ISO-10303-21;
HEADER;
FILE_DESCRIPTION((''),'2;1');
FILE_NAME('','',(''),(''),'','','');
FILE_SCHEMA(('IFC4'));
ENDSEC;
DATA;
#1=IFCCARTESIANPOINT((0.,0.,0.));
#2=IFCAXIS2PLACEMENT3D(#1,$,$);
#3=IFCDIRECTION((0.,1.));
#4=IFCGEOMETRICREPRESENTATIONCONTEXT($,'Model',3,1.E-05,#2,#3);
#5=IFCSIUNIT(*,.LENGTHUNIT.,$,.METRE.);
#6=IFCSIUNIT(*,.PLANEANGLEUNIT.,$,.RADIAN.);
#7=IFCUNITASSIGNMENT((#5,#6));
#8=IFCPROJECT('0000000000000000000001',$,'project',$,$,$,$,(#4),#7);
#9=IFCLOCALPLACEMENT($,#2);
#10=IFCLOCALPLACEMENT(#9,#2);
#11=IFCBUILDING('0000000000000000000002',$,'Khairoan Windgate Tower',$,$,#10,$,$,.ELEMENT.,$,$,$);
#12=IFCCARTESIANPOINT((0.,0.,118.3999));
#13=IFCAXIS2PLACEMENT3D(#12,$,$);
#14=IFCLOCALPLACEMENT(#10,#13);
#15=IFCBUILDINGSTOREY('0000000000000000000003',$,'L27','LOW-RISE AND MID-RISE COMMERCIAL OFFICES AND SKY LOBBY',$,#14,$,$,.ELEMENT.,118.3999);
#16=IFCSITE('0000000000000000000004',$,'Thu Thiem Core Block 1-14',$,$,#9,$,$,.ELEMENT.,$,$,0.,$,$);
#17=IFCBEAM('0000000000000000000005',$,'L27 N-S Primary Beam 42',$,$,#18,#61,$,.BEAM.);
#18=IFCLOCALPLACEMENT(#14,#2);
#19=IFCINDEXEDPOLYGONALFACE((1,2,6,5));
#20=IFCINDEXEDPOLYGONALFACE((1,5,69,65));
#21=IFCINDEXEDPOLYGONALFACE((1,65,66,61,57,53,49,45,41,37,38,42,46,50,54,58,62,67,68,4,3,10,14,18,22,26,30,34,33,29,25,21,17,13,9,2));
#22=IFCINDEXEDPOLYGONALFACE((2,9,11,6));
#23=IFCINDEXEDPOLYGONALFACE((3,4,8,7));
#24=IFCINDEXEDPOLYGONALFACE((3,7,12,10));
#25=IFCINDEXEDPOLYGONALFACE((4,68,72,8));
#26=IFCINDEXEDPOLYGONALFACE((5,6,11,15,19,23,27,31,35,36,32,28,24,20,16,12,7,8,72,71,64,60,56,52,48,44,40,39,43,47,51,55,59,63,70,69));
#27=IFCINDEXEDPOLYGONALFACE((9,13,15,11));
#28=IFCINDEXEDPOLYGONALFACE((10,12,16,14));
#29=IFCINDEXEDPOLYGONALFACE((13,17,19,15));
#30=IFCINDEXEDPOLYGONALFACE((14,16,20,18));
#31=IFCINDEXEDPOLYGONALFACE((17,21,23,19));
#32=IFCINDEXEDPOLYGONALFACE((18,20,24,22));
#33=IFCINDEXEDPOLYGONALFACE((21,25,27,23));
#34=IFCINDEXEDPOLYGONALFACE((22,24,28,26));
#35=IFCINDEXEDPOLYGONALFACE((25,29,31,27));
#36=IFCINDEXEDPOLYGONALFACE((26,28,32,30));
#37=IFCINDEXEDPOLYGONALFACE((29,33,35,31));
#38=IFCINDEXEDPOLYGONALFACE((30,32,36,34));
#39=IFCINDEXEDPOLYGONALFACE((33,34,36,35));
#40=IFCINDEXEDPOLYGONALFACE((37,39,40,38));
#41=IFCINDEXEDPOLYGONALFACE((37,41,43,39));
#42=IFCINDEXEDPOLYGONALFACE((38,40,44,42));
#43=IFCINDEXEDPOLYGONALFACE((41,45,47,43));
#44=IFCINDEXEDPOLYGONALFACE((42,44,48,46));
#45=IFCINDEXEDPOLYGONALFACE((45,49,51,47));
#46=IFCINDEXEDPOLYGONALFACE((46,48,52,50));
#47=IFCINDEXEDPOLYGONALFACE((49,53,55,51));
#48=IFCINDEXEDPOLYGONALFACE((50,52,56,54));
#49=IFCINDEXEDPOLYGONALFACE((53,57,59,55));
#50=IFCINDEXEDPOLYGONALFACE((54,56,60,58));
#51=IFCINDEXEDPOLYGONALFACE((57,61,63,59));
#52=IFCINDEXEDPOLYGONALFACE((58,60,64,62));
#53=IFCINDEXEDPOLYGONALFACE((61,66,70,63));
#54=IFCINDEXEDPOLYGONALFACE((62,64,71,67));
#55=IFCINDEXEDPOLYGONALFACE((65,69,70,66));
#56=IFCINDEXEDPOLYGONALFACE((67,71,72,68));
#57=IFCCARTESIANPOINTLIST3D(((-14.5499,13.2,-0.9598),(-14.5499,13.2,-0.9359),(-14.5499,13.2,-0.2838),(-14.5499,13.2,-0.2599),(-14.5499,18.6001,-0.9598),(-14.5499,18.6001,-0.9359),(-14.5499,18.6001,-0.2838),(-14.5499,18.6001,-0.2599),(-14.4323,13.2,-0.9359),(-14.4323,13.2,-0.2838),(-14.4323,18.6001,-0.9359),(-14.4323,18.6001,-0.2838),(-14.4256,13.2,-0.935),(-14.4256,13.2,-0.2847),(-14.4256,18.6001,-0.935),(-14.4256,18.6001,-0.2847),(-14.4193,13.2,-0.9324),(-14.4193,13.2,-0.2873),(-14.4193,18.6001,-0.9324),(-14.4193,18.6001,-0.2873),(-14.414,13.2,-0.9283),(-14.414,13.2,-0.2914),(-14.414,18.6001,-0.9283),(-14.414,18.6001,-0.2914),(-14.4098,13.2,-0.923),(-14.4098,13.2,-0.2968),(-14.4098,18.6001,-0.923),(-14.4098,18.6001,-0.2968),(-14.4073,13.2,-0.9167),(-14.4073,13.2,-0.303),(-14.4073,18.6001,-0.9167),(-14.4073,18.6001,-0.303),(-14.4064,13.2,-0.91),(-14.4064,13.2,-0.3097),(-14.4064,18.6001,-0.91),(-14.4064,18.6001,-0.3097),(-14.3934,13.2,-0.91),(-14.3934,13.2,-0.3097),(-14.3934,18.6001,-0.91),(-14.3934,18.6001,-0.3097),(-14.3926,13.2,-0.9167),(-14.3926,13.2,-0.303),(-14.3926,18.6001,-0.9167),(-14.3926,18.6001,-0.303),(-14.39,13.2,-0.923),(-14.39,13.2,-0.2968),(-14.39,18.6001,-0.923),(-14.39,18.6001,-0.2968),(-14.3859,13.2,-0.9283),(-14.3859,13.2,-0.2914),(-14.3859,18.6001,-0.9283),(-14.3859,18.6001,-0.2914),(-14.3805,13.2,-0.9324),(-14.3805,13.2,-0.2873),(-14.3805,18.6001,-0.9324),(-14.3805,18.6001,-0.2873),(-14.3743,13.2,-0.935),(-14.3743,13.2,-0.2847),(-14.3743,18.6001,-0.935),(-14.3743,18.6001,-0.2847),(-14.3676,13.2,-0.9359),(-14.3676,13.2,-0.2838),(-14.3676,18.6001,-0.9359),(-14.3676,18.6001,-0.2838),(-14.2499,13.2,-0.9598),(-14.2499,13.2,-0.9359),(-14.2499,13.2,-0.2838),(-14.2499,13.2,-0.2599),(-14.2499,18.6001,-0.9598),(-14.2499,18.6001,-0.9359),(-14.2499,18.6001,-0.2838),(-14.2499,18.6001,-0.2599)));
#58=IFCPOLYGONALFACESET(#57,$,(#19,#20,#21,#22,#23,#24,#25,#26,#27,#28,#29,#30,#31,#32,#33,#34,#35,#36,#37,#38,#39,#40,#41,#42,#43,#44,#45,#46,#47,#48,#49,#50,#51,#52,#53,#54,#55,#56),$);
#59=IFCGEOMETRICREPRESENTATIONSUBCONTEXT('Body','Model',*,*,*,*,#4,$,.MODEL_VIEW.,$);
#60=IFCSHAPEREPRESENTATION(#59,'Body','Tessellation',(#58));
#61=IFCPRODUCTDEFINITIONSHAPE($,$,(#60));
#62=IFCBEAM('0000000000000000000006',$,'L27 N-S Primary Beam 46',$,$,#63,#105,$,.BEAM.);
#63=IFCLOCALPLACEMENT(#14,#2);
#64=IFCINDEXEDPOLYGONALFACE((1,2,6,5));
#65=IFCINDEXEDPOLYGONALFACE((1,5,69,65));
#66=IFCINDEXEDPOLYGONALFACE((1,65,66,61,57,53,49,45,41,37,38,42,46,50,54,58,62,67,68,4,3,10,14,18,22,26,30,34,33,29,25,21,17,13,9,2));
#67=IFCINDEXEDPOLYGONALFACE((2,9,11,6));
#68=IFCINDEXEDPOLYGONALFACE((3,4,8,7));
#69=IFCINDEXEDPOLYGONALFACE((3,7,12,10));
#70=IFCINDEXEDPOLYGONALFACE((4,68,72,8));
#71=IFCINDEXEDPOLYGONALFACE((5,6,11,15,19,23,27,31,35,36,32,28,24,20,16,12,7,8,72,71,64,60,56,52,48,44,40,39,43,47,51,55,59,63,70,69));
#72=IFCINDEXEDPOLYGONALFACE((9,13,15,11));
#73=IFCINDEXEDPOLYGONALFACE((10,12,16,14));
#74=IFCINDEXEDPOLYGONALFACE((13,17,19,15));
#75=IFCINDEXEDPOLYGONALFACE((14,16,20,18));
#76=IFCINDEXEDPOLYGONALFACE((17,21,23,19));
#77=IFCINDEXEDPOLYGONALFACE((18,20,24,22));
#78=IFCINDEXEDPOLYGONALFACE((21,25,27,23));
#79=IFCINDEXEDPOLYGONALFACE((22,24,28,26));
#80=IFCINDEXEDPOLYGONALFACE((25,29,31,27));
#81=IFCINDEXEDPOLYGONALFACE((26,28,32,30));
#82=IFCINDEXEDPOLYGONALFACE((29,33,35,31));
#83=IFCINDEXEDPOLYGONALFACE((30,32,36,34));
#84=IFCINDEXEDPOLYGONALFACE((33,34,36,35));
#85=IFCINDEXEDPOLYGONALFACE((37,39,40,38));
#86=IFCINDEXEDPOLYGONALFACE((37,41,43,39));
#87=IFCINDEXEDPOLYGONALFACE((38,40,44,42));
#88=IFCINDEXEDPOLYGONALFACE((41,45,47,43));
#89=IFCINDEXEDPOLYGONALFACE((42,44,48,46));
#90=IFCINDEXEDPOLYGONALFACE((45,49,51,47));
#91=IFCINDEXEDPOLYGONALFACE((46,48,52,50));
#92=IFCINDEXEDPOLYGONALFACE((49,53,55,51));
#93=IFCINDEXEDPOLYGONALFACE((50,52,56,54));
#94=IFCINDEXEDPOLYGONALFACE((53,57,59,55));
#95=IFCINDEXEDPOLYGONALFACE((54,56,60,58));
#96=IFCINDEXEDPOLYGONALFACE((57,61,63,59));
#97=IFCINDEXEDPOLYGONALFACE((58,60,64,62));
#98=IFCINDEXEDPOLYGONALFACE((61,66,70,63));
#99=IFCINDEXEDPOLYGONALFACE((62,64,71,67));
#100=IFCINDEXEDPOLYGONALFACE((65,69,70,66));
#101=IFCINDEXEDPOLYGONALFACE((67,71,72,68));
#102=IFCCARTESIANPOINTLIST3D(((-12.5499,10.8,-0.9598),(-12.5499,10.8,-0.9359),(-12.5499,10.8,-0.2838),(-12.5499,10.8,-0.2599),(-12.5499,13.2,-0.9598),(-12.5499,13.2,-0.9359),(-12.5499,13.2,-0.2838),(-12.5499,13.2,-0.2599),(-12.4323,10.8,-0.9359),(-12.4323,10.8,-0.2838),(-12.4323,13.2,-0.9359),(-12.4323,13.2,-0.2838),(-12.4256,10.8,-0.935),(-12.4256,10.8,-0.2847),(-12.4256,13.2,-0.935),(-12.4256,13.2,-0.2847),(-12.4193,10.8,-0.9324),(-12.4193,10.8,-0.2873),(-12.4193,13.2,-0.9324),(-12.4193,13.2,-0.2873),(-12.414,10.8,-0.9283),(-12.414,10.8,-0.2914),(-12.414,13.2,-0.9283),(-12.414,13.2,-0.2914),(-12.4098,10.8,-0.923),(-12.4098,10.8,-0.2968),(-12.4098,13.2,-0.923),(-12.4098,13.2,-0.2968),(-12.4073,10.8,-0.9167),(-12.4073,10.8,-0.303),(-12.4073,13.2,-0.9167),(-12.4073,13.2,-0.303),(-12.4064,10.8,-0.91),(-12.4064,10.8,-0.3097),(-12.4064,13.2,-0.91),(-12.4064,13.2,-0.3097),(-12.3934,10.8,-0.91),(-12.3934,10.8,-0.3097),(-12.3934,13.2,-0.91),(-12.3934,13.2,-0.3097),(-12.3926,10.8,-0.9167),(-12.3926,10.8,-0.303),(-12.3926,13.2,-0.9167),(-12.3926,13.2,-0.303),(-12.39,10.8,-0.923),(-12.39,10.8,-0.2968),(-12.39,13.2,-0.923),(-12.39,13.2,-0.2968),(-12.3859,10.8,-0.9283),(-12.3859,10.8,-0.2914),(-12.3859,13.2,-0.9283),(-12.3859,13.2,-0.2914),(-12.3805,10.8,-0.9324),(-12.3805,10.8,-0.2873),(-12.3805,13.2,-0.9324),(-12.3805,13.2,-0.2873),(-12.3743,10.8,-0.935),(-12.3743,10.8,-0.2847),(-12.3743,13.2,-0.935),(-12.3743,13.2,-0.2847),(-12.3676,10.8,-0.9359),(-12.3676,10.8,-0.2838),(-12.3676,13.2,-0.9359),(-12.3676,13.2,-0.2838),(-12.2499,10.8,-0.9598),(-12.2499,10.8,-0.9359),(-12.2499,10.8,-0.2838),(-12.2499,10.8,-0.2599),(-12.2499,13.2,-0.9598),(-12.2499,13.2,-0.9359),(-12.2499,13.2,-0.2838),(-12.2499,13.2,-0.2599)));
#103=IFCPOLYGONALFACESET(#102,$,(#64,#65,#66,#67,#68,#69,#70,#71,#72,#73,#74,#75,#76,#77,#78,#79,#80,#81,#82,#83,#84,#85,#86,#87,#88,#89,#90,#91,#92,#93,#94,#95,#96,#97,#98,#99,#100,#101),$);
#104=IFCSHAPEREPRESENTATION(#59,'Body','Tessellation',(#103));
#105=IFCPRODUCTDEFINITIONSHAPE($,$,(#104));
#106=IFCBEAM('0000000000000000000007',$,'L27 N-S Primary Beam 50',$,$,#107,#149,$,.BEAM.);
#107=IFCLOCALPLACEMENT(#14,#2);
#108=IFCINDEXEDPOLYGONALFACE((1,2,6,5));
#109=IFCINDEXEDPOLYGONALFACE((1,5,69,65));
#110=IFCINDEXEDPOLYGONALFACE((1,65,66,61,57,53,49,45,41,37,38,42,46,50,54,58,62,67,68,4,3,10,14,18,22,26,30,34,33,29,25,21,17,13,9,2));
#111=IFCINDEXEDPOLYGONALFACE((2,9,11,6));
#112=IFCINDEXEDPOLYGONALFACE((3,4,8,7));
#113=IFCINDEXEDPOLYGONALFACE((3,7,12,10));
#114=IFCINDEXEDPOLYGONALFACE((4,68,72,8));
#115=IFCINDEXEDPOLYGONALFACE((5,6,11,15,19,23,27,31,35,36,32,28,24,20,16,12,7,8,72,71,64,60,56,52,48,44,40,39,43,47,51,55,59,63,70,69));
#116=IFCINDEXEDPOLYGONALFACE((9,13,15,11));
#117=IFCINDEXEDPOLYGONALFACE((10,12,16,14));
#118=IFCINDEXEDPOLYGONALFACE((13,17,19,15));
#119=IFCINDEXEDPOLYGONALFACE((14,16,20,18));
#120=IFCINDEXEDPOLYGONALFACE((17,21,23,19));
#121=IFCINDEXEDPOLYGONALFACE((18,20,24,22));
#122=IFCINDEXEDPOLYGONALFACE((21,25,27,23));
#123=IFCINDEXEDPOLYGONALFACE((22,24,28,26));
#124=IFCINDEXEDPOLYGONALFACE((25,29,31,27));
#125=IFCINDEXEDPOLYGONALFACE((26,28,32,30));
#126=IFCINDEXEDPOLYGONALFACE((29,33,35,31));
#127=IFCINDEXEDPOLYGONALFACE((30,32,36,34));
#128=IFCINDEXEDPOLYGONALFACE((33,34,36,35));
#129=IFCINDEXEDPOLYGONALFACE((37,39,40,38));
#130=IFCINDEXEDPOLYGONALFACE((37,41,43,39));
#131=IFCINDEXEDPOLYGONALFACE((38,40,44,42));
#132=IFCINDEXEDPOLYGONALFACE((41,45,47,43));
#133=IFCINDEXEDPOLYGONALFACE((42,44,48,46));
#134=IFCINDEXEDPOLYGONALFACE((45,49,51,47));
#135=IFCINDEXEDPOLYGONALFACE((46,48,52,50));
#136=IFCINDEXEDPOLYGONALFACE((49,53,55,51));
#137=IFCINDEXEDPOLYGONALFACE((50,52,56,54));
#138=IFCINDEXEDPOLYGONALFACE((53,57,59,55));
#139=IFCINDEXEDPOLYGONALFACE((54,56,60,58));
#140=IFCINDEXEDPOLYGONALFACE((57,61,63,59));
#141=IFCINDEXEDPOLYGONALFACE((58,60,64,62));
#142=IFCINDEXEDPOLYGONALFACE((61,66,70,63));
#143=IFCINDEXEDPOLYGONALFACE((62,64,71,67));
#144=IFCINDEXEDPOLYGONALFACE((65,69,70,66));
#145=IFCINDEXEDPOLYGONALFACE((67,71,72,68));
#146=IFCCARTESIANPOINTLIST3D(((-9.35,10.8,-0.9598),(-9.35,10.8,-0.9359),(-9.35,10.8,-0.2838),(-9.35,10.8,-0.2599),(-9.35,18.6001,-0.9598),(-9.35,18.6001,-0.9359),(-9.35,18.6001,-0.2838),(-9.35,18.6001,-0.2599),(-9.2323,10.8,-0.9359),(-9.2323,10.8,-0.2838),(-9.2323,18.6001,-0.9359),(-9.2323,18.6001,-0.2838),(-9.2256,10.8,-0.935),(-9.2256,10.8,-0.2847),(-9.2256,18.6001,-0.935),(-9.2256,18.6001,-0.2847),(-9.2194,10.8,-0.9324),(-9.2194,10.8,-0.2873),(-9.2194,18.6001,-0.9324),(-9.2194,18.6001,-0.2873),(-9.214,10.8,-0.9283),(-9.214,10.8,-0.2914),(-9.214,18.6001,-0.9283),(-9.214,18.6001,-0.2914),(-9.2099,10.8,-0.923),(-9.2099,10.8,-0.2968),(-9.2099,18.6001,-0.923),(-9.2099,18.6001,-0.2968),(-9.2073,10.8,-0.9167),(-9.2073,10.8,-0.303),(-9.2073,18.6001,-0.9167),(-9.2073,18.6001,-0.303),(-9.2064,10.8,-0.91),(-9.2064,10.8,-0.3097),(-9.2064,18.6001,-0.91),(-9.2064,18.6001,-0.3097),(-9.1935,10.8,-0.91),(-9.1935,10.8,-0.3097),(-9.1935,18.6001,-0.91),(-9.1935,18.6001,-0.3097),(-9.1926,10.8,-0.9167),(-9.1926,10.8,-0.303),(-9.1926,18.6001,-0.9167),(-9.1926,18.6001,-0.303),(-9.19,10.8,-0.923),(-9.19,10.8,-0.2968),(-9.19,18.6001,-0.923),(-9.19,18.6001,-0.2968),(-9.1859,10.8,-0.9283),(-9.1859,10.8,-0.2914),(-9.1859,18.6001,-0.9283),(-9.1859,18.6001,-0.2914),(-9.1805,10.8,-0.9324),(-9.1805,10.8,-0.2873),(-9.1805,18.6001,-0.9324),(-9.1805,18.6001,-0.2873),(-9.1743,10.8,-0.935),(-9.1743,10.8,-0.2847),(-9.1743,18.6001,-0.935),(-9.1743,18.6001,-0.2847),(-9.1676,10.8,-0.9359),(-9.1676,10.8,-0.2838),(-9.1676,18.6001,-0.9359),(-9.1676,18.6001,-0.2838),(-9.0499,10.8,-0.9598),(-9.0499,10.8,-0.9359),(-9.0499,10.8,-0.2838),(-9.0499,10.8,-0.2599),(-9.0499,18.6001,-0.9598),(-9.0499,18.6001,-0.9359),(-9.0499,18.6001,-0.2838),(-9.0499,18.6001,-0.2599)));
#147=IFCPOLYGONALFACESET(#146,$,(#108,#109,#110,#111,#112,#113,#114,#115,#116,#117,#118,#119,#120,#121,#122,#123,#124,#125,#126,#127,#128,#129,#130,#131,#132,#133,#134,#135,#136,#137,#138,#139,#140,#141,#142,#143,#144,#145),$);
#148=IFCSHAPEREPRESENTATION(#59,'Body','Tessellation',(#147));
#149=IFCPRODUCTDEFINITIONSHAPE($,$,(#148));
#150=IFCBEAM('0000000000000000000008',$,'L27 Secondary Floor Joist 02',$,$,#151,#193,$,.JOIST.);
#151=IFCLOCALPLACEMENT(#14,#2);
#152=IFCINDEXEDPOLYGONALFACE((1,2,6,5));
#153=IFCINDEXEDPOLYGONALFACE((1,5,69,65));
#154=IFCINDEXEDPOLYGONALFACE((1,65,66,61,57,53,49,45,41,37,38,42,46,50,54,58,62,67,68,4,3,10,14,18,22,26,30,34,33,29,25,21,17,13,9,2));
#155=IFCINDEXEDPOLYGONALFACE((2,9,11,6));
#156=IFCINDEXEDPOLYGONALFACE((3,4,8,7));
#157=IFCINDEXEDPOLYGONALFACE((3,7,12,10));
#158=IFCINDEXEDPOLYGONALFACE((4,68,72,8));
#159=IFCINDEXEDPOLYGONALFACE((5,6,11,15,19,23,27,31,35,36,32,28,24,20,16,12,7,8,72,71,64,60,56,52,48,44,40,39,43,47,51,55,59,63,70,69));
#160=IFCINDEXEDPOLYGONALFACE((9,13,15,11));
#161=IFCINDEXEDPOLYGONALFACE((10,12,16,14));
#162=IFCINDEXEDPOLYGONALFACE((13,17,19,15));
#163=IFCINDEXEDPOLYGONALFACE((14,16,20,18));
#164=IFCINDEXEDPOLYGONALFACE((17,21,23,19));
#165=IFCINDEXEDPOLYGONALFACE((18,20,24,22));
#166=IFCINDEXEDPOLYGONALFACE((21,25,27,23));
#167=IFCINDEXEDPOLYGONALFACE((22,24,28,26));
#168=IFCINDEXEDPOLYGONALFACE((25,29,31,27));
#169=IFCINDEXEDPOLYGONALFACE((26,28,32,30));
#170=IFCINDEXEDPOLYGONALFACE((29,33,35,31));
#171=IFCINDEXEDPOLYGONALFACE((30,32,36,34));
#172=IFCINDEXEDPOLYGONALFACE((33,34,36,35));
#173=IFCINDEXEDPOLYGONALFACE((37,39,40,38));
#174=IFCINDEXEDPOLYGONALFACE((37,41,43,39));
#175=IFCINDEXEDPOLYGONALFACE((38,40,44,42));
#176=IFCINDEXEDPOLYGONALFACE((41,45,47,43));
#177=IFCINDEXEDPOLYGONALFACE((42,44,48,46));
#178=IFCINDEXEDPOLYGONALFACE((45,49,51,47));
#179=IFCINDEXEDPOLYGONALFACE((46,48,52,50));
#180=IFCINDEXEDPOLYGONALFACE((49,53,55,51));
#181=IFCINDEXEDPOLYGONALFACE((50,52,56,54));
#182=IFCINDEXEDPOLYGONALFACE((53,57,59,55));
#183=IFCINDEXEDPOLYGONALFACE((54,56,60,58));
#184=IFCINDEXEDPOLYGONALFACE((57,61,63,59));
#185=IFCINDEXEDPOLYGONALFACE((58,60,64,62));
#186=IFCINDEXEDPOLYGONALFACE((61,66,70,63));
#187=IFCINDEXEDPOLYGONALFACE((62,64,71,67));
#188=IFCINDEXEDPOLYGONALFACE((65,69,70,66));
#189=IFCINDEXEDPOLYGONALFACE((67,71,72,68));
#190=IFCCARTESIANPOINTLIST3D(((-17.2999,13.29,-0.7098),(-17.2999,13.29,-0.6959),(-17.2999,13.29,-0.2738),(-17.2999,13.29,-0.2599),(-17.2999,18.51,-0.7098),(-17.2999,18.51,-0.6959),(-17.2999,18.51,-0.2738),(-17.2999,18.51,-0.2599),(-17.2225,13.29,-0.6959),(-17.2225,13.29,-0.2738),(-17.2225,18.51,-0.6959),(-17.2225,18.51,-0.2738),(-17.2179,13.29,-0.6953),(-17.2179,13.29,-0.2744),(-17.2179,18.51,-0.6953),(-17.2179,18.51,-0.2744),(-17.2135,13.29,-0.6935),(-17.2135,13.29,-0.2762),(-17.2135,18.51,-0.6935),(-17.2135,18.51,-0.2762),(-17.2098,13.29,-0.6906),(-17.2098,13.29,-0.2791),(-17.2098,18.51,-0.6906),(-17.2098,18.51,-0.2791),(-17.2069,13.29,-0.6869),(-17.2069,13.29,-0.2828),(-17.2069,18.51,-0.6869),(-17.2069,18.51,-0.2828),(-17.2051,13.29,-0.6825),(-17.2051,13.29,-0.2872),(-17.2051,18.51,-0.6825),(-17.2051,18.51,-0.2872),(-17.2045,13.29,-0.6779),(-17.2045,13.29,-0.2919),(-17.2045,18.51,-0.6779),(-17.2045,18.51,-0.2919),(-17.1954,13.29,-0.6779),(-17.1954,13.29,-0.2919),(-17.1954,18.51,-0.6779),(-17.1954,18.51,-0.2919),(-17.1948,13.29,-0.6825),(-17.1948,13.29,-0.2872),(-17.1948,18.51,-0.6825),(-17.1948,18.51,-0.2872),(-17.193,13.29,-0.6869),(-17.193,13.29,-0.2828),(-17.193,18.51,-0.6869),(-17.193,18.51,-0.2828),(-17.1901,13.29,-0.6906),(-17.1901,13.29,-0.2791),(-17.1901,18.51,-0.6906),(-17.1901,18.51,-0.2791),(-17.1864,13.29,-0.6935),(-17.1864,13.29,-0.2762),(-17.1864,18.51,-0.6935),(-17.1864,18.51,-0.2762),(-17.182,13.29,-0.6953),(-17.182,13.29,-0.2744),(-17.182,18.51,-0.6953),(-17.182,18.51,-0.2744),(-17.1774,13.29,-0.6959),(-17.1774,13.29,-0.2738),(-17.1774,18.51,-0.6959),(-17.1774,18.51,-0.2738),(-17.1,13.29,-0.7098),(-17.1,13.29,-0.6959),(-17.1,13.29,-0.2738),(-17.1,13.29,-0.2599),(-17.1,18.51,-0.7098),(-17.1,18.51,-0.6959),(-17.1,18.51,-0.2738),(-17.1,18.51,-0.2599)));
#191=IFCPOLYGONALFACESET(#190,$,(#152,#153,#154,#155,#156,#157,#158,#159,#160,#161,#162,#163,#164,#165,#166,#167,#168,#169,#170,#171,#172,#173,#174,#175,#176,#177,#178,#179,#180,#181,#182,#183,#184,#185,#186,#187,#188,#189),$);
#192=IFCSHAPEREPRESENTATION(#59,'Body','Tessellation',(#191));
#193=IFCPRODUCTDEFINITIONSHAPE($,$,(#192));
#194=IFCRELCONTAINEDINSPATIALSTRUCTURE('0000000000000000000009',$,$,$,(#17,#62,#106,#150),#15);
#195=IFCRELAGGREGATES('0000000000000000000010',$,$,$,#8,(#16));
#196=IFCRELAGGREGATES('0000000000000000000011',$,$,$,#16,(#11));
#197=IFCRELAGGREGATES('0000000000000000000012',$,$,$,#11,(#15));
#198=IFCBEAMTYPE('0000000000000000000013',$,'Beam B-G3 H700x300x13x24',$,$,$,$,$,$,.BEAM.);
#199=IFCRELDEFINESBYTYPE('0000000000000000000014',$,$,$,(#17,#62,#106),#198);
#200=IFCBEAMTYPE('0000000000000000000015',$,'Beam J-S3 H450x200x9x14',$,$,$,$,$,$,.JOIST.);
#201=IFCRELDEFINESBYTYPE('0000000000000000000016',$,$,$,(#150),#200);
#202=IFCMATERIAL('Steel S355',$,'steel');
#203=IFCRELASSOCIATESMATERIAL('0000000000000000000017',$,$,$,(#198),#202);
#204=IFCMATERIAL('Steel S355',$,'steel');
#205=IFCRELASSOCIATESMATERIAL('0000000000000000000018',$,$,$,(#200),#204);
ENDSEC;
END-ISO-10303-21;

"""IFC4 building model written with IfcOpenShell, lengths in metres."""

from ifc_helpers import new_model, si_unit, direction, frame, origin, origin_2d, place, context, subcontext, project, spatial, i_section, extrude, material, material_profile, profile_set, type_object, element, save


model = new_model("IFC4")

# Units and contexts
model_context = context("Model", 3, precision=1e-05, world=origin(), true_north=direction((0.0, 1.0)))
body_context = subcontext(model_context, "Body", "Model", "MODEL_VIEW")
ifc_project = project(units=[si_unit("LENGTHUNIT", "METRE"), si_unit("PLANEANGLEUNIT", "RADIAN")], contexts=[model_context])

# Site, building, storey
site_placement = place(None, origin())
site = spatial("IfcSite", under=ifc_project, at=site_placement, Name="Thu Thiem Core Block 1-14", CompositionType="ELEMENT", RefElevation=0.0)
building_placement = place(site_placement, origin())
building = spatial("IfcBuilding", under=site, at=building_placement, Name="Khairoan Windgate Tower", CompositionType="ELEMENT")
storey_placement = place(building_placement, frame((0.0, 0.0, 118.3999)))
storey = spatial("IfcBuildingStorey", under=building, at=storey_placement, Name="L27", Description="LOW-RISE AND MID-RISE COMMERCIAL OFFICES AND SKY LOBBY", CompositionType="ELEMENT", Elevation=118.3999)

# Beams
ifc_material_1 = material(Name="Steel S355", Category="steel")
ifc_material_profile_1 = material_profile(ifc_material_1, i_section(OverallWidth=0.3, OverallDepth=0.7, WebThickness=0.0129, FlangeThickness=0.0239, FilletRadius=0.0259, at=origin_2d()))
ifc_profile_set_1 = profile_set([ifc_material_profile_1], Name="Steel S355")
beam_type_1 = type_object("IfcBeamType", Name="Beam B-G3 H700x300x13x24", PredefinedType="BEAM", material=ifc_profile_set_1)
beam_1_placement = place(storey_placement, frame((-14.3999, 13.2, -0.6099), z_axis=(0.0, 1.0, 0.0), x_axis=(-1.0, 0.0, 0.0)))
element("IfcBeam", 1, at=beam_1_placement, inside=storey, type_object=beam_type_1, Name="L27 N-S Primary Beam 42", PredefinedType="BEAM", context=body_context, shape_type="SweptSolid", body=[
    extrude(i_section(OverallWidth=0.3, OverallDepth=0.7, WebThickness=0.0129, FlangeThickness=0.0239, FilletRadius=0.0259, at=origin_2d()), origin(), (0.0, 0.0, 1.0), 5.4001),
])
beam_2_placement = place(storey_placement, frame((-12.3999, 10.8, -0.6099), z_axis=(0.0, 1.0, 0.0), x_axis=(-1.0, 0.0, 0.0)))
element("IfcBeam", 2, at=beam_2_placement, inside=storey, type_object=beam_type_1, Name="L27 N-S Primary Beam 46", PredefinedType="BEAM", context=body_context, shape_type="SweptSolid", body=[
    extrude(i_section(OverallWidth=0.3, OverallDepth=0.7, WebThickness=0.0129, FlangeThickness=0.0239, FilletRadius=0.0259, at=origin_2d()), origin(), (0.0, 0.0, 1.0), 2.3999),
])
beam_3_placement = place(storey_placement, frame((-9.2, 10.8, -0.6099), z_axis=(0.0, 1.0, 0.0), x_axis=(-1.0, 0.0, 0.0)))
element("IfcBeam", 3, at=beam_3_placement, inside=storey, type_object=beam_type_1, Name="L27 N-S Primary Beam 50", PredefinedType="BEAM", context=body_context, shape_type="SweptSolid", body=[
    extrude(i_section(OverallWidth=0.3, OverallDepth=0.7, WebThickness=0.0129, FlangeThickness=0.0239, FilletRadius=0.0259, at=origin_2d()), origin(), (0.0, 0.0, 1.0), 7.8),
])
ifc_material_2 = material(Name="Steel S355", Category="steel")
ifc_material_profile_2 = material_profile(ifc_material_2, i_section(OverallWidth=0.2, OverallDepth=0.45, WebThickness=0.009, FlangeThickness=0.0139, FilletRadius=0.0181, at=origin_2d()))
ifc_profile_set_2 = profile_set([ifc_material_profile_2], Name="Steel S355")
beam_type_2 = type_object("IfcBeamType", Name="Beam J-S3 H450x200x9x14", PredefinedType="JOIST", material=ifc_profile_set_2)
beam_4_placement = place(storey_placement, frame((-17.2, 13.29, -0.4849), z_axis=(0.0, 1.0, 0.0), x_axis=(-1.0, 0.0, 0.0)))
element("IfcBeam", 4, at=beam_4_placement, inside=storey, type_object=beam_type_2, Name="L27 Secondary Floor Joist 02", PredefinedType="JOIST", context=body_context, shape_type="SweptSolid", body=[
    extrude(i_section(OverallWidth=0.2, OverallDepth=0.45, WebThickness=0.009, FlangeThickness=0.0139, FilletRadius=0.0181, at=origin_2d()), origin(), (0.0, 0.0, 1.0), 5.22),
])

save(model, "model.ifc")
